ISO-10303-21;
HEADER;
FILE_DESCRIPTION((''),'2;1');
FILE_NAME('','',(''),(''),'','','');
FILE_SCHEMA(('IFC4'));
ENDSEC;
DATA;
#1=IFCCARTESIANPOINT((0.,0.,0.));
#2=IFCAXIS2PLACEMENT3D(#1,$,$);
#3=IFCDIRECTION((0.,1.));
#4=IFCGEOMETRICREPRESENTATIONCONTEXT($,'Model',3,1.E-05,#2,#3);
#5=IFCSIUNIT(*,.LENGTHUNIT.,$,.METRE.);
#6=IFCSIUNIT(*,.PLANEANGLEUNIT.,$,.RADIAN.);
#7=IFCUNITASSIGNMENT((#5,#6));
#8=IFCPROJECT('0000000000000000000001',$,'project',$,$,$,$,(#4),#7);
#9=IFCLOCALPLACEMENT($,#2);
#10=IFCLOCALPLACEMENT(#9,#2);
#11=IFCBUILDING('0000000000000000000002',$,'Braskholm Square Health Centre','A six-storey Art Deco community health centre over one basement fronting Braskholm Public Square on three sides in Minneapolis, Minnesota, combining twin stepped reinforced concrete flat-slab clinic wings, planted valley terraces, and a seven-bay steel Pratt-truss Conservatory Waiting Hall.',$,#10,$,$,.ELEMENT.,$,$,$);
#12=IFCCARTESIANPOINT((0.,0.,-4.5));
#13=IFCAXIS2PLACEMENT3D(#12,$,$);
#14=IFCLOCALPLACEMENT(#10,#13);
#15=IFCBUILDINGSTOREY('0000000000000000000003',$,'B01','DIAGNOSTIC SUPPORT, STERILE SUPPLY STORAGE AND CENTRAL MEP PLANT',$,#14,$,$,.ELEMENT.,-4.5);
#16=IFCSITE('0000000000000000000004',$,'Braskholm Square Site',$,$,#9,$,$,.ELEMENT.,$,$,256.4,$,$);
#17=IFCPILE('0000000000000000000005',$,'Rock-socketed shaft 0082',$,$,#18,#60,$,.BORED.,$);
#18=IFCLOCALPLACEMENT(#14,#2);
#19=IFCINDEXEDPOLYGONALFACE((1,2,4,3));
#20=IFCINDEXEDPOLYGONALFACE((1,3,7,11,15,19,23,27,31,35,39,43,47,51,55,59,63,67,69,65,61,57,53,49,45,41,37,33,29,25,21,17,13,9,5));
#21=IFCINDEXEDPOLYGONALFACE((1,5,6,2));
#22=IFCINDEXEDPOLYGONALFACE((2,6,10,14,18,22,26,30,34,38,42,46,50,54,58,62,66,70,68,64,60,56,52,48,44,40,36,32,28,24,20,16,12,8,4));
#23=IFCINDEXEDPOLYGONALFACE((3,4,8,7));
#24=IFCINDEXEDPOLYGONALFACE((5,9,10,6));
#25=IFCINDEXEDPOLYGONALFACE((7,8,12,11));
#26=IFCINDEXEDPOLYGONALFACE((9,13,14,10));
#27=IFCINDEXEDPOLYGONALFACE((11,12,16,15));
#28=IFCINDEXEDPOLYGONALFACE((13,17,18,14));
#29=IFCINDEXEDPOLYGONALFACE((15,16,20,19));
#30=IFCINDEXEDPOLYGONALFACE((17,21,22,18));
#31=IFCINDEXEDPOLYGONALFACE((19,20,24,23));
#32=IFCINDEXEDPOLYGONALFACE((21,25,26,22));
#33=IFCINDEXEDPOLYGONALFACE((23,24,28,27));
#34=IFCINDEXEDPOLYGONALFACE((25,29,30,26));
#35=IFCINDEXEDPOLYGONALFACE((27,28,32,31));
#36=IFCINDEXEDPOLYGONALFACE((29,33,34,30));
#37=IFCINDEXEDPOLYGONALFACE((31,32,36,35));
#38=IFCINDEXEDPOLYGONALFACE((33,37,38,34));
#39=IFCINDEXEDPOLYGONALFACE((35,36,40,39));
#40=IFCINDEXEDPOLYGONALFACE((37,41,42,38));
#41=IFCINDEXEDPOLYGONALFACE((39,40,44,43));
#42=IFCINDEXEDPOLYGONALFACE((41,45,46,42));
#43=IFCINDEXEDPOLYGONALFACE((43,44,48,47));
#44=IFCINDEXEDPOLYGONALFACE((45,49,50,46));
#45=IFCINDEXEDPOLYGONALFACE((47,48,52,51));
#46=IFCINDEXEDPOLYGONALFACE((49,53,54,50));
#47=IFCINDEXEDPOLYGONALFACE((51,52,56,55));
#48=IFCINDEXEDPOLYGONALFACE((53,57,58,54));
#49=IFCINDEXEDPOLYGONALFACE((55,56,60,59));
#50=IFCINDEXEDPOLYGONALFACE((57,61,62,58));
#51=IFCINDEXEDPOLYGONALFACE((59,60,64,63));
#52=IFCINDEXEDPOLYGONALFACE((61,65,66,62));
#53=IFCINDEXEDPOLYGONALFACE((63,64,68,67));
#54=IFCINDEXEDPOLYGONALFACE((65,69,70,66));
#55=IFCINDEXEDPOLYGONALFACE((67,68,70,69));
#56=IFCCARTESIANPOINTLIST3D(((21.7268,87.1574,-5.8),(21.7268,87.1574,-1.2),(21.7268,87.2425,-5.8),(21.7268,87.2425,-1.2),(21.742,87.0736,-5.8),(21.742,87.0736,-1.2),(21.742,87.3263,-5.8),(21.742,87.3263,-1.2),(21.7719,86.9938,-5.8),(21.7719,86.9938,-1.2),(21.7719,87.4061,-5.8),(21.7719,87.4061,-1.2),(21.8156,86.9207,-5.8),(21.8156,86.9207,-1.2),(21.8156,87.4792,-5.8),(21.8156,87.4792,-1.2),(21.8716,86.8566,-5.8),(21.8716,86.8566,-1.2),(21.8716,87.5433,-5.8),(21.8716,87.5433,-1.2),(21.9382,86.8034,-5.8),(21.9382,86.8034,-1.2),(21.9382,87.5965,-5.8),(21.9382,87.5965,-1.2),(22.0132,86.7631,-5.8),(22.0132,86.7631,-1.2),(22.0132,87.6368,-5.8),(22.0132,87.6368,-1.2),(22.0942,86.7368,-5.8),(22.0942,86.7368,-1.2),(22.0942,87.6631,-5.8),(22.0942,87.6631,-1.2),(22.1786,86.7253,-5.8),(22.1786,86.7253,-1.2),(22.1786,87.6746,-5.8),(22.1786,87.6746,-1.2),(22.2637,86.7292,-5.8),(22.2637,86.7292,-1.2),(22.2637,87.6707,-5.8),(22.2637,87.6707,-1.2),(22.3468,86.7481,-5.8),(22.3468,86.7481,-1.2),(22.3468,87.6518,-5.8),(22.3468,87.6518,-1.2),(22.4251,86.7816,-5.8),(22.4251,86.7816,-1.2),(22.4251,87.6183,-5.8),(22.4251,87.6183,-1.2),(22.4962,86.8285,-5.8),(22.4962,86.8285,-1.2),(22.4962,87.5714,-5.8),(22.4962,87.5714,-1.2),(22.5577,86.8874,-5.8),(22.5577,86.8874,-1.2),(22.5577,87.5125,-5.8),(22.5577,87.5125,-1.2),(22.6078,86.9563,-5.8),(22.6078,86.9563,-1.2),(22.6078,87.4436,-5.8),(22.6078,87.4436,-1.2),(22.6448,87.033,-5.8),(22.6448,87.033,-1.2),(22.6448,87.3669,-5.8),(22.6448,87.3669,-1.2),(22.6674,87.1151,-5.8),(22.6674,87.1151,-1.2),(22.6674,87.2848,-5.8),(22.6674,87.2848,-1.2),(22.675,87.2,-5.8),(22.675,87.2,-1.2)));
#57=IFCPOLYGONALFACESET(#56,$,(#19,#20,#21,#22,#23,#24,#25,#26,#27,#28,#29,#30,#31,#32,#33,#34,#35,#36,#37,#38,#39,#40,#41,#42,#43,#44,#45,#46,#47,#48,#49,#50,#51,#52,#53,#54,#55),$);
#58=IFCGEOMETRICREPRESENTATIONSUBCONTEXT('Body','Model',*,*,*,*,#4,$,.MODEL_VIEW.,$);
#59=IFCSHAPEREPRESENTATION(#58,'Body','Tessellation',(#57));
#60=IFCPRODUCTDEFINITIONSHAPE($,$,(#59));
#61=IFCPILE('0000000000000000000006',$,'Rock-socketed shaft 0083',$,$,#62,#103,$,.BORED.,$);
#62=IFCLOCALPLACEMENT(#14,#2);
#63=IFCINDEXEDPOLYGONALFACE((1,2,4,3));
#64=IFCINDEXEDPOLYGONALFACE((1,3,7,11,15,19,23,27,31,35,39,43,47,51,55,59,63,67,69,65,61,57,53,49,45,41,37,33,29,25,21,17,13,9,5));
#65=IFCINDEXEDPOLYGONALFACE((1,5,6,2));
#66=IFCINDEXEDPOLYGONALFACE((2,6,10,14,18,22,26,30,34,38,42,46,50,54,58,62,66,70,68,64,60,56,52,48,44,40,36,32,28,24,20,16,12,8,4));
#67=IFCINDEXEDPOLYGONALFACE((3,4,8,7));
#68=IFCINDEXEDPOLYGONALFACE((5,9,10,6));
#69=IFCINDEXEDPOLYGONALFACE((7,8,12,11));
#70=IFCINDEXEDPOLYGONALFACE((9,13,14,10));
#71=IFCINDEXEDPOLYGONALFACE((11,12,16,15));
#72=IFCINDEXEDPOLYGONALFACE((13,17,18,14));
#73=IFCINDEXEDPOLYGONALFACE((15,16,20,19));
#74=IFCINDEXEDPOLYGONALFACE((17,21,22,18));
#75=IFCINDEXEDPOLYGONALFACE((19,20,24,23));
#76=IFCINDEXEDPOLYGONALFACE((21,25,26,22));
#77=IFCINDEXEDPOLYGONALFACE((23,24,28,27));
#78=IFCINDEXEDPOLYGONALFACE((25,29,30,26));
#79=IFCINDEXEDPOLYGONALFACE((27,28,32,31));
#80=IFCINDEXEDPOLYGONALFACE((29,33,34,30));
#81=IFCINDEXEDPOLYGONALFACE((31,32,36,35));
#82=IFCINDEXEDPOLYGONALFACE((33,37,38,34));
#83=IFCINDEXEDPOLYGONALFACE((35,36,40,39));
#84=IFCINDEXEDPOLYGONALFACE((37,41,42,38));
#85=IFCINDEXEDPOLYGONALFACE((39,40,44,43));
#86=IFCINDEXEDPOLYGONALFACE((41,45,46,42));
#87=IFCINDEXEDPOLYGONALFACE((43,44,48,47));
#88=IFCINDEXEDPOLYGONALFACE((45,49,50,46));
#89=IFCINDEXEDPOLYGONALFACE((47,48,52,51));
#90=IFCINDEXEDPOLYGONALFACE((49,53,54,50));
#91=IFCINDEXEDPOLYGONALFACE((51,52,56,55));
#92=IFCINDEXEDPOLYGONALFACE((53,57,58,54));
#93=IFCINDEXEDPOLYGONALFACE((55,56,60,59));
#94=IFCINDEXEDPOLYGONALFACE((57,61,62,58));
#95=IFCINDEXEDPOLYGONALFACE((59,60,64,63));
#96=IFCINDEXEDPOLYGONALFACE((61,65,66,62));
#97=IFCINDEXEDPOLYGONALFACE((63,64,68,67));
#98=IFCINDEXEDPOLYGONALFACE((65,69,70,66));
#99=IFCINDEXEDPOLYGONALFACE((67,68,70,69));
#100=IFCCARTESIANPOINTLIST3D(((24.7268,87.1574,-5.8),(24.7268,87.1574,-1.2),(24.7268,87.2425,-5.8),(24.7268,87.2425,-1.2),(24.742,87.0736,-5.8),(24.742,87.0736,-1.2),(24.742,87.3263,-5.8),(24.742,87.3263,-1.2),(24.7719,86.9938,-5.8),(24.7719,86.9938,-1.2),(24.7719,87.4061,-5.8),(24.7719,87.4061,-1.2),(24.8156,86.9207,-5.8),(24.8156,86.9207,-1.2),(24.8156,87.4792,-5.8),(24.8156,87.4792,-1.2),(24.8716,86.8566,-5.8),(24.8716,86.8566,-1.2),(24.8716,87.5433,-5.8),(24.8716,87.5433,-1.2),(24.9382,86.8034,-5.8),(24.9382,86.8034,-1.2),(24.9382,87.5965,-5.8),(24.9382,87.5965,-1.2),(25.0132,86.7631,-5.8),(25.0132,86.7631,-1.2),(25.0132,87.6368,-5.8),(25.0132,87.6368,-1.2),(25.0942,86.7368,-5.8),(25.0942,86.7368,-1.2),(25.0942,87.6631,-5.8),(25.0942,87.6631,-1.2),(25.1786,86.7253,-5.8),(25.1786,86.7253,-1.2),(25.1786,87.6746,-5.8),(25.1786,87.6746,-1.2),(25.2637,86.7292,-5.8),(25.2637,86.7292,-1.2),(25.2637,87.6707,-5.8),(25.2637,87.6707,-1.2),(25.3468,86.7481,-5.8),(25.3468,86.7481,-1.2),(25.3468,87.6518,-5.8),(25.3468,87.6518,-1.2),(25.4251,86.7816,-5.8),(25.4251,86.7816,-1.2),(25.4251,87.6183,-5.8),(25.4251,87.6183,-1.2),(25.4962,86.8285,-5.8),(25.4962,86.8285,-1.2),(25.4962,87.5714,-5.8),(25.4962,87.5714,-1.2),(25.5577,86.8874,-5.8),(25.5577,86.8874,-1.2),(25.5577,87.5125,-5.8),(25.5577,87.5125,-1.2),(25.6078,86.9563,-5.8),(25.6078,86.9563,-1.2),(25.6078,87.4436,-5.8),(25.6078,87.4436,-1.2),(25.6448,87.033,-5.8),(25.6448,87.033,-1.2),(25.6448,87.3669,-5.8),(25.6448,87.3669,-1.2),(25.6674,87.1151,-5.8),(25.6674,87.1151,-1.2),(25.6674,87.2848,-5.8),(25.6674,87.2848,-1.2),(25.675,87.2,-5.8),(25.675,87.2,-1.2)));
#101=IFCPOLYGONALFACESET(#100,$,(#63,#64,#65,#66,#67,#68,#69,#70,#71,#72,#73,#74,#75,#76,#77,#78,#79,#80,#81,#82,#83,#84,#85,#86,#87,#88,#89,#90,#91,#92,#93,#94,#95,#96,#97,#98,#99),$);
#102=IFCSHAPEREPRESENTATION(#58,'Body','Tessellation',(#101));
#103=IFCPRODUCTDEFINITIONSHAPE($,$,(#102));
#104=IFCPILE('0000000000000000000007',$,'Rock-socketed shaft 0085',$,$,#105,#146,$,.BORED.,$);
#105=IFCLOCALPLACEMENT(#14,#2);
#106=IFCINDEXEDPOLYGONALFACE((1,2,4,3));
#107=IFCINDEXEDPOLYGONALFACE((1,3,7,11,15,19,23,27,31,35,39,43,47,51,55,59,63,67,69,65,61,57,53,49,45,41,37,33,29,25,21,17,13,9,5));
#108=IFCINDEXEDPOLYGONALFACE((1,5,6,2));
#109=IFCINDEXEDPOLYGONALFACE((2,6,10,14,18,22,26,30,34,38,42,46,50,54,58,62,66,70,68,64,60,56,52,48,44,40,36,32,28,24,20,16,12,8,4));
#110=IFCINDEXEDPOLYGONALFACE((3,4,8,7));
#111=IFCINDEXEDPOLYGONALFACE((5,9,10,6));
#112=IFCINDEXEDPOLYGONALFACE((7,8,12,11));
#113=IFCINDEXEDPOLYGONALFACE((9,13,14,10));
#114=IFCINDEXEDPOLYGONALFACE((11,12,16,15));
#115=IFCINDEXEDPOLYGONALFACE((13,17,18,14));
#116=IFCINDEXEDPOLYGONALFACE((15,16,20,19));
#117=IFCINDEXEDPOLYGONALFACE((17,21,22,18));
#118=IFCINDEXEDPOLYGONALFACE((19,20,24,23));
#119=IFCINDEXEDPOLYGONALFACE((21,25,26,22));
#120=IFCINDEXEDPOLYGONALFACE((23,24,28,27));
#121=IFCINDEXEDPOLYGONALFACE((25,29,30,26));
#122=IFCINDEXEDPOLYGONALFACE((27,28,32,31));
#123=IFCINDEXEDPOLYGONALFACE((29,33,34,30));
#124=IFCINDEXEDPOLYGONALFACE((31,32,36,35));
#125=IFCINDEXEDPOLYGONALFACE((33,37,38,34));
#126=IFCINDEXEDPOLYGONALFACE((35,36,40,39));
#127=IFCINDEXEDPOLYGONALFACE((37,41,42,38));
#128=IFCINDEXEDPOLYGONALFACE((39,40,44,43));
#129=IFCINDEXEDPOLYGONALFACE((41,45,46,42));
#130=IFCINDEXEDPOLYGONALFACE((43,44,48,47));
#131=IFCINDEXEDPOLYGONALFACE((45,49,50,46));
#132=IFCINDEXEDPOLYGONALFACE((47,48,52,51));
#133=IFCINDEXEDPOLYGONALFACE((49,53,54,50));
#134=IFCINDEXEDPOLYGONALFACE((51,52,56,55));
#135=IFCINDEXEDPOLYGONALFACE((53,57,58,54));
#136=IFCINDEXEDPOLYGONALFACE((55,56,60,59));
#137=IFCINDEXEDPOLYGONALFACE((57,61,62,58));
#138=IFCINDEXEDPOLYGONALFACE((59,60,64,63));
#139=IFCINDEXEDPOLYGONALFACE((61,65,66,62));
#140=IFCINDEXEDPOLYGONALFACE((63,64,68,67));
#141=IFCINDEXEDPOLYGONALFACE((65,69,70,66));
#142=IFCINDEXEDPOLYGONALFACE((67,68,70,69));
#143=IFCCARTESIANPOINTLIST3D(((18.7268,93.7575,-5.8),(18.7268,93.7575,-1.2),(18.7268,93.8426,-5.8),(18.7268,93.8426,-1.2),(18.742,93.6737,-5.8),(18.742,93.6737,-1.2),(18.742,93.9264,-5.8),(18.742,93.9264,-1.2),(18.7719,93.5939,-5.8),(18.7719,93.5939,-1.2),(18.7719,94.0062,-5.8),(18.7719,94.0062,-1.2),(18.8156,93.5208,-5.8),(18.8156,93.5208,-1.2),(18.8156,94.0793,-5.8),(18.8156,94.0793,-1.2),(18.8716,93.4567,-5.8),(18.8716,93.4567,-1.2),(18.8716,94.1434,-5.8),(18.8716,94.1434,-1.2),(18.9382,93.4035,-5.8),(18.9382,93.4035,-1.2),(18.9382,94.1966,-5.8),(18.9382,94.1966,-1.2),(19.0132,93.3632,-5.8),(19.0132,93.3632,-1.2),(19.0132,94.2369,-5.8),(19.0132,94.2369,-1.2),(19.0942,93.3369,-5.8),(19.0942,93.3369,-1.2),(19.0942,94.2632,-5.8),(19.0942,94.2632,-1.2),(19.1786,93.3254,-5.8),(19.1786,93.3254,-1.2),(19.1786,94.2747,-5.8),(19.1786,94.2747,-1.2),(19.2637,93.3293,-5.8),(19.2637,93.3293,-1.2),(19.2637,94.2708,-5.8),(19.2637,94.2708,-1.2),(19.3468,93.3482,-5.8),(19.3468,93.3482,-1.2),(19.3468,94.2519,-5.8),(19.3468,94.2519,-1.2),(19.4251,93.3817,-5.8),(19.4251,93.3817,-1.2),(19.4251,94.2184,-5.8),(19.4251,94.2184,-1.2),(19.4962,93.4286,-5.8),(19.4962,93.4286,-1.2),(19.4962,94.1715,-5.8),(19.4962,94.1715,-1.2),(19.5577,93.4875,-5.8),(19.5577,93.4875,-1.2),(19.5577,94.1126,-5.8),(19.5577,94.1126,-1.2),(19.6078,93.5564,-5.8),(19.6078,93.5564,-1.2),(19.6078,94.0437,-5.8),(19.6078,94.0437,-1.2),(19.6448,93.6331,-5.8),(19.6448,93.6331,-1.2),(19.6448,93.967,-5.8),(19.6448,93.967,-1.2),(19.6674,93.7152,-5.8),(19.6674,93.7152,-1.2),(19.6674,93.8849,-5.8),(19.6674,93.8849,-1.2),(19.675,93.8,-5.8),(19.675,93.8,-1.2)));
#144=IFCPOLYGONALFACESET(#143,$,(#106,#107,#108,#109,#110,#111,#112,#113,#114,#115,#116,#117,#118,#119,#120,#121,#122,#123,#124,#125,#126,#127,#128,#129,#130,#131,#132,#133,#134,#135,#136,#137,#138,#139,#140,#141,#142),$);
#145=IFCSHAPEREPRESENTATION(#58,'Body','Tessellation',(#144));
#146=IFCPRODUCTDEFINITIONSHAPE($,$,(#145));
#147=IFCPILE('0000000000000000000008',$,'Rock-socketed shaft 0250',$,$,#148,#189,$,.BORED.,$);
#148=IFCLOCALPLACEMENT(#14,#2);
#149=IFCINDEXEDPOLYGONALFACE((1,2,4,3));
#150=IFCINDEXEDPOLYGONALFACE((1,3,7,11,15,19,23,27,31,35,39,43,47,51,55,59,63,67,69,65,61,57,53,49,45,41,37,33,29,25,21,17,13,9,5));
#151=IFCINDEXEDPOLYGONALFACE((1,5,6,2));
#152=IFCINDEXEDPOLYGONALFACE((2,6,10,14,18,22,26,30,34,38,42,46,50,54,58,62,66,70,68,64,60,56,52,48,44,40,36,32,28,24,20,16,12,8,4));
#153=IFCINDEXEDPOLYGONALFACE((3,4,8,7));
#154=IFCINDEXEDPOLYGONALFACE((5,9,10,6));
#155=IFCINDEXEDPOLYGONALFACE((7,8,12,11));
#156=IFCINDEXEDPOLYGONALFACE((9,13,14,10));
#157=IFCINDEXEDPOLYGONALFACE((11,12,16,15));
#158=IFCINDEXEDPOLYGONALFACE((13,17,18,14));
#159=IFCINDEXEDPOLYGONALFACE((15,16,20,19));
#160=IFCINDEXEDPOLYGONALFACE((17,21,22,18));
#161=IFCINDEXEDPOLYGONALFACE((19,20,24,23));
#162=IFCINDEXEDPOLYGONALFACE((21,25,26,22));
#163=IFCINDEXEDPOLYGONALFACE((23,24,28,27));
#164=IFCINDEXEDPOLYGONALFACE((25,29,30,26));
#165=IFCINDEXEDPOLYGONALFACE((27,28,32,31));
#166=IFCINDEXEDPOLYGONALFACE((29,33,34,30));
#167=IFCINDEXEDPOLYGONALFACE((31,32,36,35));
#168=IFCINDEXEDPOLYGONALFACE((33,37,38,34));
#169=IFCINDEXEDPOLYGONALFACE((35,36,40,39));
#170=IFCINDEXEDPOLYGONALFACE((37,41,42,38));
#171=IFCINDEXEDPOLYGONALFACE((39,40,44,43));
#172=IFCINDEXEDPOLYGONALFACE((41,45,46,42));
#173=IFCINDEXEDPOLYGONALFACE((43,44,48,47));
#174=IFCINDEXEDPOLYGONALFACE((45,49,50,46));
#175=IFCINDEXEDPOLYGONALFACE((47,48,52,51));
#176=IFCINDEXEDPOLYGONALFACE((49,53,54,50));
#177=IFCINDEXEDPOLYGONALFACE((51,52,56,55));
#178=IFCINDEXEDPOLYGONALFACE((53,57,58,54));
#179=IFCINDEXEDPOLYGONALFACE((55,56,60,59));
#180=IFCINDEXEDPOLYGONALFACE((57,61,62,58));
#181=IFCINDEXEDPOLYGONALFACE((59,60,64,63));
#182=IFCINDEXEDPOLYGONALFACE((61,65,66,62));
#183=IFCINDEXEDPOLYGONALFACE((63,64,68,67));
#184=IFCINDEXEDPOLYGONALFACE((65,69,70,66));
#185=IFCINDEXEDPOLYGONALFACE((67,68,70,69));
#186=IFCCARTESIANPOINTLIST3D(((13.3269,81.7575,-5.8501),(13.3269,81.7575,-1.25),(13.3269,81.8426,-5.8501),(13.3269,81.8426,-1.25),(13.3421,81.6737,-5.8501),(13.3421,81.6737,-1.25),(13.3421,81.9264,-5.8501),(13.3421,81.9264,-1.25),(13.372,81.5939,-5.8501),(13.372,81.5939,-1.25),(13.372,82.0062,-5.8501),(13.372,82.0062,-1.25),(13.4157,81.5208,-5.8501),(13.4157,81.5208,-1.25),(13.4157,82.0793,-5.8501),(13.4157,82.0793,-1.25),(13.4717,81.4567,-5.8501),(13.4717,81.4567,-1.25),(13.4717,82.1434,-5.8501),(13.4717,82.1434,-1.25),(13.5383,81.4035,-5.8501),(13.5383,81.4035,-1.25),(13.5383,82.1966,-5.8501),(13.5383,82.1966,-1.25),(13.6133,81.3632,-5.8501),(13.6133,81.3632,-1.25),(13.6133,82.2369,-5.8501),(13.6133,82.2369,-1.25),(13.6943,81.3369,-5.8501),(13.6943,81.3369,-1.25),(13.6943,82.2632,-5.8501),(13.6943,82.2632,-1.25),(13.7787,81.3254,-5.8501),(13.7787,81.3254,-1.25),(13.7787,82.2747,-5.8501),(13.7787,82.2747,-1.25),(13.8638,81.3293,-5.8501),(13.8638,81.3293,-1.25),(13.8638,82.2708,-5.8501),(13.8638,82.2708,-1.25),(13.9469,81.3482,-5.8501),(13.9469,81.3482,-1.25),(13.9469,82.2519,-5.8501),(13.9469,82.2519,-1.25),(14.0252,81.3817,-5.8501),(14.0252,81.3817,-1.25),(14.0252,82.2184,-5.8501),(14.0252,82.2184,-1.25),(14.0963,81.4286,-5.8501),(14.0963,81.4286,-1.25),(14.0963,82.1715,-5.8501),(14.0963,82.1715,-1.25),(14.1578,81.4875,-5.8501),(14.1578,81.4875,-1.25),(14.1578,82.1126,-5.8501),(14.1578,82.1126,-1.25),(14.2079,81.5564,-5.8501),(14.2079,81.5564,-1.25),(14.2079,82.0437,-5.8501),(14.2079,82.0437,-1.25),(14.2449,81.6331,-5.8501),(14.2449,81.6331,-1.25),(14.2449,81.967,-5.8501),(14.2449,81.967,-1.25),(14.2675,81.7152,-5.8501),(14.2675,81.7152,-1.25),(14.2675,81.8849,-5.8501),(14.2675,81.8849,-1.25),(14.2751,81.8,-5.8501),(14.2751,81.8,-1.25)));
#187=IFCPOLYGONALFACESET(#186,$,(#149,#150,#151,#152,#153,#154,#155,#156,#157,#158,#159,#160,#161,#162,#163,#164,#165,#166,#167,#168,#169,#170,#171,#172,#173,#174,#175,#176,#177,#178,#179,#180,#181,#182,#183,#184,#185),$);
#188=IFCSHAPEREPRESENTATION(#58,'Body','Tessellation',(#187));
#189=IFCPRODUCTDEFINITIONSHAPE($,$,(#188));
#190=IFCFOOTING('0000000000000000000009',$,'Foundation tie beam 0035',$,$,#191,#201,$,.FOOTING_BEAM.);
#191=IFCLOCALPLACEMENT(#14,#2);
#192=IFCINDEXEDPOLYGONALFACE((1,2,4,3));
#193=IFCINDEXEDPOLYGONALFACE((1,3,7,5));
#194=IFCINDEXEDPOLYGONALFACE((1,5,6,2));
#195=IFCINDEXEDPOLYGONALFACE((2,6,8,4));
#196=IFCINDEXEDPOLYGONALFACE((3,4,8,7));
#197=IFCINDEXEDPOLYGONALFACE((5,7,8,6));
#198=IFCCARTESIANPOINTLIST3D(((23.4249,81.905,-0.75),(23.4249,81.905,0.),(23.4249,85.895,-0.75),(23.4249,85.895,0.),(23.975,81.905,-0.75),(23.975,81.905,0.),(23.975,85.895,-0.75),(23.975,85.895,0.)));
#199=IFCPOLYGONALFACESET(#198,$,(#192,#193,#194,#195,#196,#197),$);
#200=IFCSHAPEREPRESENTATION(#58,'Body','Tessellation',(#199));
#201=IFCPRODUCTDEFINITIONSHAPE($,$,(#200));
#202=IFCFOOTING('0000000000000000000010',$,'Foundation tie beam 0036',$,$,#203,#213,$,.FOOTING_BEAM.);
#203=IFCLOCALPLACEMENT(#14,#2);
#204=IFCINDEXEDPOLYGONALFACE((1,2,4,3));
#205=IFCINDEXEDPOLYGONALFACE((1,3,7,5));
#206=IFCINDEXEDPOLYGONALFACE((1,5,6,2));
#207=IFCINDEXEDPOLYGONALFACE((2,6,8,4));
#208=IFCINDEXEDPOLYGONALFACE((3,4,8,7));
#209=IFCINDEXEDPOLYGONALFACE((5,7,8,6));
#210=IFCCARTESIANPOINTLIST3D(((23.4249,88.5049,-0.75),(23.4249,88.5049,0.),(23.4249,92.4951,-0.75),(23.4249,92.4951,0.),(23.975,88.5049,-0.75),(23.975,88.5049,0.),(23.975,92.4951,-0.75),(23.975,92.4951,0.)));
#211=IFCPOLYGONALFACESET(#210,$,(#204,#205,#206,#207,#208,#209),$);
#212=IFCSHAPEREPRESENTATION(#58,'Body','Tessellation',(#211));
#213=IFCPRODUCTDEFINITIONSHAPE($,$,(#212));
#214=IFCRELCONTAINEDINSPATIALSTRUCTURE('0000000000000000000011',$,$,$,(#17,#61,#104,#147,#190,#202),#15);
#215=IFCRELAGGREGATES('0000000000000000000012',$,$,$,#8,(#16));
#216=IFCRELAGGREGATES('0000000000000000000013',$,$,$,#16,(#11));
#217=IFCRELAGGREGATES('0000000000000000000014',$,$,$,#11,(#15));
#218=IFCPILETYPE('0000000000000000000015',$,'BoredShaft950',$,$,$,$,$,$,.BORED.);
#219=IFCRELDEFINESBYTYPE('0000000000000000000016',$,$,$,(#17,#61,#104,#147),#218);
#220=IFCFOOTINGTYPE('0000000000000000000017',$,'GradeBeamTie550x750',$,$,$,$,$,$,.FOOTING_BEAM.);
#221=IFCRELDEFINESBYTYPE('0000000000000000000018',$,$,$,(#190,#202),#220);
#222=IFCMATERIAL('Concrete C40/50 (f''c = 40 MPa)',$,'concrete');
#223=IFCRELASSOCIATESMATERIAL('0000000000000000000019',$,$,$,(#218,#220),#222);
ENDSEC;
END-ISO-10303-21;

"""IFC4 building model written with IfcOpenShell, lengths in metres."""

from ifc_helpers import new_model, si_unit, direction, frame, origin, origin_2d, place, context, subcontext, project, spatial, rectangle, circle, extrude, material, material_profile, profile_set, type_object, element, save


model = new_model("IFC4")

# Units and contexts
model_context = context("Model", 3, precision=1e-05, world=origin(), true_north=direction((0.0, 1.0)))
body_context = subcontext(model_context, "Body", "Model", "MODEL_VIEW")
ifc_project = project(units=[si_unit("LENGTHUNIT", "METRE"), si_unit("PLANEANGLEUNIT", "RADIAN")], contexts=[model_context])

# Site, building, storey
site_placement = place(None, origin())
site = spatial("IfcSite", under=ifc_project, at=site_placement, Name="Braskholm Square Site", CompositionType="ELEMENT", RefElevation=256.4)
building_placement = place(site_placement, origin())
building = spatial("IfcBuilding", under=site, at=building_placement, Name="Braskholm Square Health Centre", Description="A six-storey Art Deco community health centre over one basement fronting Braskholm Public Square on three sides in Minneapolis, Minnesota, combining twin stepped reinforced concrete flat-slab clinic wings, planted valley terraces, and a seven-bay steel Pratt-truss Conservatory Waiting Hall.", CompositionType="ELEMENT")
storey_placement = place(building_placement, frame((0.0, 0.0, -4.5)))
storey = spatial("IfcBuildingStorey", under=building, at=storey_placement, Name="B01", Description="DIAGNOSTIC SUPPORT, STERILE SUPPLY STORAGE AND CENTRAL MEP PLANT", CompositionType="ELEMENT", Elevation=-4.5)

# Piles
ifc_material_1 = material(Name="Concrete C40/50 (f'c = 40 MPa)", Category="concrete")
ifc_material_profile_1 = material_profile(ifc_material_1, circle(Radius=0.4751, at=origin_2d()), Name="BORED-PILE-950")
ifc_profile_set_1 = profile_set([ifc_material_profile_1], Name="Concrete C40/50 (f'c = 40 MPa)")
pile_type_1 = type_object("IfcPileType", Name="BoredShaft950", PredefinedType="BORED", material=ifc_profile_set_1)
for number, where, z_axis, x_axis, name in (
    (1, (22.2, 87.2, -1.2), (0.0, 0.0, -1.0), (1.0, 0.0, 0.0), "Rock-socketed shaft 0082"),
    (2, (25.2, 87.2, -1.2), (0.0, 0.0, -1.0), (1.0, 0.0, 0.0), "Rock-socketed shaft 0083"),
    (3, (19.2, 93.8, -1.2), (0.0, 0.0, -1.0), (1.0, 0.0, 0.0), "Rock-socketed shaft 0085"),
    (4, (13.8, 81.8, -1.25), (0.0, 0.0, -1.0), (1.0, 0.0, 0.0), "Rock-socketed shaft 0250"),
):
    element("IfcPile", number, at=place(storey_placement, frame(where, z_axis=z_axis, x_axis=x_axis)), inside=storey, type_object=pile_type_1, Name=name, PredefinedType="BORED", context=body_context, shape_type="SweptSolid", body=[
        extrude(circle(Radius=0.4751, at=origin_2d()), origin(), (0.0, 0.0, 1.0), 4.6001),
    ])

# Footings
ifc_material_profile_2 = material_profile(ifc_material_1, rectangle(XDim=0.55, YDim=0.75, at=origin_2d()), Name="FTG-550X750")
ifc_profile_set_2 = profile_set([ifc_material_profile_2], Name="Concrete C40/50 (f'c = 40 MPa)")
footing_type_1 = type_object("IfcFootingType", Name="GradeBeamTie550x750", PredefinedType="FOOTING_BEAM", material=ifc_profile_set_2)
footing_1_placement = place(storey_placement, frame((23.7, 81.905, -0.375), z_axis=(0.0, 1.0, 0.0), x_axis=(-1.0, 0.0, 0.0)))
element("IfcFooting", 5, at=footing_1_placement, inside=storey, type_object=footing_type_1, Name="Foundation tie beam 0035", PredefinedType="FOOTING_BEAM", context=body_context, shape_type="SweptSolid", body=[
    extrude(rectangle(XDim=0.55, YDim=0.75, at=origin_2d()), origin(), (0.0, 0.0, 1.0), 3.99),
])
footing_2_placement = place(storey_placement, frame((23.7, 88.5049, -0.375), z_axis=(0.0, 1.0, 0.0), x_axis=(-1.0, 0.0, 0.0)))
element("IfcFooting", 6, at=footing_2_placement, inside=storey, type_object=footing_type_1, Name="Foundation tie beam 0036", PredefinedType="FOOTING_BEAM", context=body_context, shape_type="SweptSolid", body=[
    extrude(rectangle(XDim=0.55, YDim=0.75, at=origin_2d()), origin(), (0.0, 0.0, 1.0), 3.9902),
])

save(model, "model.ifc")
